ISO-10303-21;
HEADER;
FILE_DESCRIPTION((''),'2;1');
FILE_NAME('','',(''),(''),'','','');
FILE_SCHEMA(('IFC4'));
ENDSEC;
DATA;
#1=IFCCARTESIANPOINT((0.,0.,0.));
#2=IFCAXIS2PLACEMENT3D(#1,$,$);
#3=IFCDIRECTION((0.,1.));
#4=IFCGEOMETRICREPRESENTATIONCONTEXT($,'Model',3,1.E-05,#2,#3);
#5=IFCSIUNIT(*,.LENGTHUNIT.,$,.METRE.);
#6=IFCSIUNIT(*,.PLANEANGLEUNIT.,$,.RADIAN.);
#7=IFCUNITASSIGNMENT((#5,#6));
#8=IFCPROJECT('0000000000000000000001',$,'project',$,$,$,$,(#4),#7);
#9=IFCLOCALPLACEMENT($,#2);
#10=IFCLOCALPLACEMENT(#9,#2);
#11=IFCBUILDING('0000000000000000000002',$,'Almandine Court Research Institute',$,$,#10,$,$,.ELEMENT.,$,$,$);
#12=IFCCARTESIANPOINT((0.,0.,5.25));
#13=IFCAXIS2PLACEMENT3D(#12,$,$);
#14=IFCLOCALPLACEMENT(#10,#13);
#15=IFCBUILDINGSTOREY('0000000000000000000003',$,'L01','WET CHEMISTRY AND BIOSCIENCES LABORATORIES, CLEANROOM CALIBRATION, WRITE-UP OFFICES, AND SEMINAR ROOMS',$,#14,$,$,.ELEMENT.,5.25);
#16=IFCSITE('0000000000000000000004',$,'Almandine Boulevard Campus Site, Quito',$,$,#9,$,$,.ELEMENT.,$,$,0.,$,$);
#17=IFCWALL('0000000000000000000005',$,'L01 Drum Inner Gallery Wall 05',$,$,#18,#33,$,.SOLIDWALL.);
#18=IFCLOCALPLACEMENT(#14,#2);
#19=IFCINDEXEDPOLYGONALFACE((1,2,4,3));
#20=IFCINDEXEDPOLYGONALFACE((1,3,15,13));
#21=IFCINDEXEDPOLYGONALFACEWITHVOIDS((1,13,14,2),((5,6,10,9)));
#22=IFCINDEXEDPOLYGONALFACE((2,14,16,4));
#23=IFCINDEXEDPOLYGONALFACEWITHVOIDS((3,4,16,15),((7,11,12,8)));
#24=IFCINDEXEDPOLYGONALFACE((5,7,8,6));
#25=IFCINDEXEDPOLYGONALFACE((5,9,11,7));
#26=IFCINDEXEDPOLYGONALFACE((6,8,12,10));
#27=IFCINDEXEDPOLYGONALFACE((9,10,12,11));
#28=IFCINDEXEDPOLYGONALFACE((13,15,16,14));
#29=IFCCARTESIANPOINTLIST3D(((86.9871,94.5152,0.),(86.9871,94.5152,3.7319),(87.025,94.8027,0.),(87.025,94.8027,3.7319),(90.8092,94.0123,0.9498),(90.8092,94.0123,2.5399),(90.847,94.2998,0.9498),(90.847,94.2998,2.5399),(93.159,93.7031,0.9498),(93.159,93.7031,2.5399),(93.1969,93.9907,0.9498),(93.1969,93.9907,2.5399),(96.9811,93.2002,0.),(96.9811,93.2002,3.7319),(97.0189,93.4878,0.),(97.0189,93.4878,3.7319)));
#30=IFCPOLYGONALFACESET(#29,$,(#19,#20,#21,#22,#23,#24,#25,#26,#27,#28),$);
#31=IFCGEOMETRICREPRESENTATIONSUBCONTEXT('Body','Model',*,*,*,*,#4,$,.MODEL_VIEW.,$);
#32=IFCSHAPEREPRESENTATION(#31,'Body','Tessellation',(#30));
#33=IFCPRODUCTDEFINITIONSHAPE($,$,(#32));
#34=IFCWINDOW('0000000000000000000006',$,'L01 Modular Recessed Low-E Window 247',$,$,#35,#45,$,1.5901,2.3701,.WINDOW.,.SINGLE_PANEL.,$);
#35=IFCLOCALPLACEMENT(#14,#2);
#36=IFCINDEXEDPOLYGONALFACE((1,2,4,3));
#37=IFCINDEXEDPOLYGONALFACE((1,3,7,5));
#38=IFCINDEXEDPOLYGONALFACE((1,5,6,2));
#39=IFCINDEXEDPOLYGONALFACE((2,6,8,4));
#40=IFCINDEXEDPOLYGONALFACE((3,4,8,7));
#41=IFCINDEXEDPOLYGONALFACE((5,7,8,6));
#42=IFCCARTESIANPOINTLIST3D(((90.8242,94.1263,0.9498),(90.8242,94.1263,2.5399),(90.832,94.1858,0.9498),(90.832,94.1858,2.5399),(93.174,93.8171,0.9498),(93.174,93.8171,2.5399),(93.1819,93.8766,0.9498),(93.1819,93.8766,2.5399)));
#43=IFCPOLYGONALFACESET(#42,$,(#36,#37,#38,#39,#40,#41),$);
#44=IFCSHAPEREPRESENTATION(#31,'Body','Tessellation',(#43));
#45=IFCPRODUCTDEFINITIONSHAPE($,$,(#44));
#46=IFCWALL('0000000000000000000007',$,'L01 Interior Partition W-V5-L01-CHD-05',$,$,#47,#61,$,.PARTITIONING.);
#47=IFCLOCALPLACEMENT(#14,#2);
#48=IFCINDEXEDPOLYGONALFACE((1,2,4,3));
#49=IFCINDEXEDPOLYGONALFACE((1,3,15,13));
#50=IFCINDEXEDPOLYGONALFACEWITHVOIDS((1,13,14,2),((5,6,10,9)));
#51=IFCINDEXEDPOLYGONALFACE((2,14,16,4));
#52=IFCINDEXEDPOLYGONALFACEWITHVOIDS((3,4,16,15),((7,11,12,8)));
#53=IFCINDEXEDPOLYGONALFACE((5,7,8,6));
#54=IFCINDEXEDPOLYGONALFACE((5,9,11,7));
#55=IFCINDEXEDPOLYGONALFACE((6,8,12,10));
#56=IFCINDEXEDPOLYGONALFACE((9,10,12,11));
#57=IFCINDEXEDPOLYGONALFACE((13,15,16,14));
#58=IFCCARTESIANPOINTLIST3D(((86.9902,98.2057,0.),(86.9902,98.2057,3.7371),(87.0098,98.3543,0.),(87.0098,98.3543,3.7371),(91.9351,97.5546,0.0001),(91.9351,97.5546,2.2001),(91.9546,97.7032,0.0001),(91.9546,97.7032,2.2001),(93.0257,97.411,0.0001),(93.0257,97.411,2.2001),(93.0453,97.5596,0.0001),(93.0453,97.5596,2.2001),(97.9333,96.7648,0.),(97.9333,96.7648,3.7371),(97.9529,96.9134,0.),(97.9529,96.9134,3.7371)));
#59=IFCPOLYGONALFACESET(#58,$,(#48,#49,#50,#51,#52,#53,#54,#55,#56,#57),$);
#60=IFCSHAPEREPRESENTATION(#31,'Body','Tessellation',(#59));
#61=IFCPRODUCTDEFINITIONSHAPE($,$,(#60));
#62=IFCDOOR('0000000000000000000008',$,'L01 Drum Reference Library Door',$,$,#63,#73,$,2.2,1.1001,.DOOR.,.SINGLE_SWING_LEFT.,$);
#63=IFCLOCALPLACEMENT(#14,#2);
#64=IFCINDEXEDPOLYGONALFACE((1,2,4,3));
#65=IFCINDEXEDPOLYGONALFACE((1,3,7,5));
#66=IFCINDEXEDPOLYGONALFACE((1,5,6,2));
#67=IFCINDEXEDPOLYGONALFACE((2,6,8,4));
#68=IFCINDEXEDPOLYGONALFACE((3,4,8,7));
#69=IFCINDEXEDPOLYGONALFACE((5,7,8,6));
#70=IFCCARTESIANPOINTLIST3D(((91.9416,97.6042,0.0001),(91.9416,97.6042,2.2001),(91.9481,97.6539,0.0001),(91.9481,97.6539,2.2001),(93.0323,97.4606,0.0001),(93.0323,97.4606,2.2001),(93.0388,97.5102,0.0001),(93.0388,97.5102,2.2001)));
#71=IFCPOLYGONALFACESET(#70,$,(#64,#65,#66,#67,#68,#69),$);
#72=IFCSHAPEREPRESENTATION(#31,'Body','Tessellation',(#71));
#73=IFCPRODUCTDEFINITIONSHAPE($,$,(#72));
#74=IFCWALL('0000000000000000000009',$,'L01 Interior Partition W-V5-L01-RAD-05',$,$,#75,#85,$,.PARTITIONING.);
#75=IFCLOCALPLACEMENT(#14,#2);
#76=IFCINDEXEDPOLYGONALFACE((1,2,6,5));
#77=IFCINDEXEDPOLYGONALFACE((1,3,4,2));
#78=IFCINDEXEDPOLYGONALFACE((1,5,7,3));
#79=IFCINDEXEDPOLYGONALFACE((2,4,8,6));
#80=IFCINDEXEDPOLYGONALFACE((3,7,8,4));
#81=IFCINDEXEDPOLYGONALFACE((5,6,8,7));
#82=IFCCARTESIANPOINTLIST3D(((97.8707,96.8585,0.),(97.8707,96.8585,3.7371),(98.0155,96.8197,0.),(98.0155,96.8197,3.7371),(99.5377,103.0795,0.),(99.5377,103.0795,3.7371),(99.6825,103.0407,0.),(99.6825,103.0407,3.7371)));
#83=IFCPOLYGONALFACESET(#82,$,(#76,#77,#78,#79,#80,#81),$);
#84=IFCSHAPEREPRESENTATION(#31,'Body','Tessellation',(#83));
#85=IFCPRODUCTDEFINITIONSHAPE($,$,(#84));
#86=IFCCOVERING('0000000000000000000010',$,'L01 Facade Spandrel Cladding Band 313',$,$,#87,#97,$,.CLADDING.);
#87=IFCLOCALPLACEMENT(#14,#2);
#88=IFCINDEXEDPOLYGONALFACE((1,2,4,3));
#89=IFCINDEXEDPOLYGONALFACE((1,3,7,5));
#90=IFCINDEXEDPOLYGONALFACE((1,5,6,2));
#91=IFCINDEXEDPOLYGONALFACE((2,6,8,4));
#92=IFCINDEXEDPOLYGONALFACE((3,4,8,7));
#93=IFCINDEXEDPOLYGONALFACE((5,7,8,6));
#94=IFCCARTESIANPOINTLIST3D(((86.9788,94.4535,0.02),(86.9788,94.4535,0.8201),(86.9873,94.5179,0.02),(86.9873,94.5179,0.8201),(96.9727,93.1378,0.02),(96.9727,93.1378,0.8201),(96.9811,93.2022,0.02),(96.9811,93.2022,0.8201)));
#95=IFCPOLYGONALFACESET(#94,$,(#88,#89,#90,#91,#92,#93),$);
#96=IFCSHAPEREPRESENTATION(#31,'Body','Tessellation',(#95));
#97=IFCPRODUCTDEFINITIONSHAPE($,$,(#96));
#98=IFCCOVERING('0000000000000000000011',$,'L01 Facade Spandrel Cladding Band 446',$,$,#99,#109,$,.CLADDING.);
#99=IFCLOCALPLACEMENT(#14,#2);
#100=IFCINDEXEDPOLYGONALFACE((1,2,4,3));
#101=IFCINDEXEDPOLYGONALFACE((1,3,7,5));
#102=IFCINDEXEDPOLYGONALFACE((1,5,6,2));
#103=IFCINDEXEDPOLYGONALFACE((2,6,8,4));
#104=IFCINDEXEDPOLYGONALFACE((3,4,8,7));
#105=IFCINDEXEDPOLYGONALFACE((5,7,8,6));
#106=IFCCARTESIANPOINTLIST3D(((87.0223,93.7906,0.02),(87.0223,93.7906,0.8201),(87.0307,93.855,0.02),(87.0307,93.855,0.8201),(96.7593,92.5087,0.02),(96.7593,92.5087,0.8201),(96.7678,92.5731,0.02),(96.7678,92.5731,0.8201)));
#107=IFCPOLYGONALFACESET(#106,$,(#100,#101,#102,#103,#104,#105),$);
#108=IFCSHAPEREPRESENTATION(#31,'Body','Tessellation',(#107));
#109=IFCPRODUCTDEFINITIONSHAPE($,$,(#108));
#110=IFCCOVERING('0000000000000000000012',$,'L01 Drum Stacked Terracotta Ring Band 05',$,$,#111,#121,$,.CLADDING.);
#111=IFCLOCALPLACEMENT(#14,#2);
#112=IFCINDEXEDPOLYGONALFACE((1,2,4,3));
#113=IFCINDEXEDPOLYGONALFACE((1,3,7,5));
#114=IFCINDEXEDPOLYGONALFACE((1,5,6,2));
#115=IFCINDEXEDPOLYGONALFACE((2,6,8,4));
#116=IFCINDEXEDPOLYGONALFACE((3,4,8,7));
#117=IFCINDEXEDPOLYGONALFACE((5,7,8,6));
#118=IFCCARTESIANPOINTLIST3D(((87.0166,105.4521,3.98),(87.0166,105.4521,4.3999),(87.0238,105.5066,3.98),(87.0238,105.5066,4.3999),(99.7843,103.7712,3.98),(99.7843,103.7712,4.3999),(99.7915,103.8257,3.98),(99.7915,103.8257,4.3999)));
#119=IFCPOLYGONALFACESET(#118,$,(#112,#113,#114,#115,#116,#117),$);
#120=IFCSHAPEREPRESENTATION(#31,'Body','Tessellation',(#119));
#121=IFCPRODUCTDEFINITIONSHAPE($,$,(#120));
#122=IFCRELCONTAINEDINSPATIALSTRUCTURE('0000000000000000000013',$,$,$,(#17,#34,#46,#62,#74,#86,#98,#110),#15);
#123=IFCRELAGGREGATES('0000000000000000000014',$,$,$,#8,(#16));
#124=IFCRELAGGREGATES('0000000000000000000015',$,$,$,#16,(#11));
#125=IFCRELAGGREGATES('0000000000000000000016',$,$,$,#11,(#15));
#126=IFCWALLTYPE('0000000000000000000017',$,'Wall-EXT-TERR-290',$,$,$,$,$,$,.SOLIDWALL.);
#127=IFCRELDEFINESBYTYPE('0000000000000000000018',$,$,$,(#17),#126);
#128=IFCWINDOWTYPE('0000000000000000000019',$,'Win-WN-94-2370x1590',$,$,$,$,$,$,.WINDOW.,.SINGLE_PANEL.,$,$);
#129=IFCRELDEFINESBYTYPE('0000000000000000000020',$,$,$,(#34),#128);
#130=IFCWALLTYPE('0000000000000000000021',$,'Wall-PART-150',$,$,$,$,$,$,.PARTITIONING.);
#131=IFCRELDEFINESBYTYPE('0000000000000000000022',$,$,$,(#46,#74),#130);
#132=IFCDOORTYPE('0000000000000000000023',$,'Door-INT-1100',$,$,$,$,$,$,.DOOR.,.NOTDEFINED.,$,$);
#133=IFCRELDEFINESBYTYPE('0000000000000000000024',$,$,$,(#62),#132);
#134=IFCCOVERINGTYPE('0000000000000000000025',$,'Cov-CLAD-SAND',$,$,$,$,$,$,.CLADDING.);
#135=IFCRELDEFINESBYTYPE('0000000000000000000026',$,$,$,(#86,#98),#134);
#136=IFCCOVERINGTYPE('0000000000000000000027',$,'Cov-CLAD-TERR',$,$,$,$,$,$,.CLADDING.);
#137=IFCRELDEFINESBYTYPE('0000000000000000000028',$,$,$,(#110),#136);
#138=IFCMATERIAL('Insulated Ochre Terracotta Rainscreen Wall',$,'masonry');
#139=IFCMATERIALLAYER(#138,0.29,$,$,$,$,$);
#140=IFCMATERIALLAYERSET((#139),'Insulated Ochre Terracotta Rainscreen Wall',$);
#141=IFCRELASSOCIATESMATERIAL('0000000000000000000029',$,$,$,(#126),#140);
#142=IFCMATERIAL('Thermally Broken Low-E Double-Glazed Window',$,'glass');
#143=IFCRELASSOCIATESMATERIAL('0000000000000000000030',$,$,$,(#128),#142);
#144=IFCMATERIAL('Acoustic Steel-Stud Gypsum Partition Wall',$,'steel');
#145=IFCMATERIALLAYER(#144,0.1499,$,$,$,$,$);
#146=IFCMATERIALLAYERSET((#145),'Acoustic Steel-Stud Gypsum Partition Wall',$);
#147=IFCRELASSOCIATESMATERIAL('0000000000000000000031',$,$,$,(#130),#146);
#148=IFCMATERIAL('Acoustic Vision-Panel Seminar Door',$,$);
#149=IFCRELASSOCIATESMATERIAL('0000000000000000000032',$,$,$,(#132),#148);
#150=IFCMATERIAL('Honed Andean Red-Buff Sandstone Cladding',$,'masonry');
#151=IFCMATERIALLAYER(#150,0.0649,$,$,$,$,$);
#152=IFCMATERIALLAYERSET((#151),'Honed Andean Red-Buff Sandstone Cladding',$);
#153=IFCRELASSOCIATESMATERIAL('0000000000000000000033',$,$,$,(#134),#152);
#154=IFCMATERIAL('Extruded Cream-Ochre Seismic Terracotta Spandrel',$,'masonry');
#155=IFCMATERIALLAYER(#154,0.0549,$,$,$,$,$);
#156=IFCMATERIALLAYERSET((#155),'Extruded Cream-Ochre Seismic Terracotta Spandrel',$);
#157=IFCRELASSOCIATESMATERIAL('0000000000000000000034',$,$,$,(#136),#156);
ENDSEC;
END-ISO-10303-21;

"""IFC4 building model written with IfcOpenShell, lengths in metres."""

from ifc_helpers import new_model, si_unit, direction, frame, frame_2d, origin, origin_2d, place, context, subcontext, project, spatial, rectangle, extrude, material, layer, layer_set, type_object, element, fill, save


model = new_model("IFC4")

# Units and contexts
model_context = context("Model", 3, precision=1e-05, world=origin(), true_north=direction((0.0, 1.0)))
body_context = subcontext(model_context, "Body", "Model", "MODEL_VIEW")
ifc_project = project(units=[si_unit("LENGTHUNIT", "METRE"), si_unit("PLANEANGLEUNIT", "RADIAN")], contexts=[model_context])

# Site, building, storey
site_placement = place(None, origin())
site = spatial("IfcSite", under=ifc_project, at=site_placement, Name="Almandine Boulevard Campus Site, Quito", CompositionType="ELEMENT", RefElevation=0.0)
building_placement = place(site_placement, origin())
building = spatial("IfcBuilding", under=site, at=building_placement, Name="Almandine Court Research Institute", CompositionType="ELEMENT")
storey_placement = place(building_placement, frame((0.0, 0.0, 5.25)))
storey = spatial("IfcBuildingStorey", under=building, at=storey_placement, Name="L01", Description="WET CHEMISTRY AND BIOSCIENCES LABORATORIES, CLEANROOM CALIBRATION, WRITE-UP OFFICES, AND SEMINAR ROOMS", CompositionType="ELEMENT", Elevation=5.25)

# Wall, opening, window
ifc_material_1 = material(Name="Insulated Ochre Terracotta Rainscreen Wall", Category="masonry")
ifc_layer_1 = layer(ifc_material_1, 0.29)
ifc_layer_set_1 = layer_set([ifc_layer_1], Name="Insulated Ochre Terracotta Rainscreen Wall")
wall_type_1 = type_object("IfcWallType", Name="Wall-EXT-TERR-290", PredefinedType="SOLIDWALL", material=ifc_layer_set_1)
wall_1_placement = place(storey_placement, frame((97.0, 93.344, 0.0), z_axis=(0.0, 0.0, 1.0), x_axis=(-0.991455, 0.13045, 0.0)))
wall_1 = element("IfcWall", 1, at=wall_1_placement, inside=storey, type_object=wall_type_1, Name="L01 Drum Inner Gallery Wall 05", PredefinedType="SOLIDWALL", context=body_context, shape_type="SweptSolid", body=[
    extrude(rectangle(XDim=10.0801, YDim=0.29, at=frame_2d((5.04, 0.0))), origin(), (0.0, 0.0, 1.0), 3.7319),
])
opening_1_placement = place(wall_1_placement, frame((3.855, 0.0, 0.95)))
opening_1 = element("IfcOpeningElement", 2, at=opening_1_placement, cuts=wall_1, PredefinedType="OPENING", context=body_context, shape_type="SweptSolid", body=[
    extrude(rectangle(XDim=2.3701, YDim=1.5901, at=frame_2d((1.1851, 0.7949))), frame((0.0, 0.155, 0.0), z_axis=(0.0, -1.0, 0.0), x_axis=(1.0, 0.0, 0.0)), (0.0, 0.0, 1.0), 0.3101),
])
ifc_material_2 = material(Name="Thermally Broken Low-E Double-Glazed Window", Category="glass")
window_type = type_object("IfcWindowType", Name="Win-WN-94-2370x1590", PartitioningType="SINGLE_PANEL", PredefinedType="WINDOW", material=ifc_material_2)
window_placement = place(opening_1_placement, origin())
window = element("IfcWindow", 3, at=window_placement, inside=storey, type_object=window_type, Name="L01 Modular Recessed Low-E Window 247", OverallHeight=1.5901, OverallWidth=2.3701, PartitioningType="SINGLE_PANEL", PredefinedType="WINDOW", context=body_context, shape_type="SweptSolid", body=[
    extrude(rectangle(XDim=2.3701, YDim=1.5901, at=frame_2d((1.1851, 0.7949))), frame((0.0, 0.03, 0.0), z_axis=(0.0, -1.0, 0.0), x_axis=(1.0, 0.0, 0.0)), (0.0, 0.0, 1.0), 0.0601),
])
fill(opening_1, window)

# Wall, opening, door
ifc_material_3 = material(Name="Acoustic Steel-Stud Gypsum Partition Wall", Category="steel")
ifc_layer_2 = layer(ifc_material_3, 0.1499)
ifc_layer_set_2 = layer_set([ifc_layer_2], Name="Acoustic Steel-Stud Gypsum Partition Wall")
wall_type_2 = type_object("IfcWallType", Name="Wall-PART-150", PredefinedType="PARTITIONING", material=ifc_layer_set_2)
wall_2_placement = place(storey_placement, frame((97.9431, 96.8391, 0.0), z_axis=(0.0, 0.0, 1.0), x_axis=(-0.991442, 0.130547, 0.0)))
wall_2 = element("IfcWall", 4, at=wall_2_placement, inside=storey, type_object=wall_type_2, Name="L01 Interior Partition W-V5-L01-CHD-05", PredefinedType="PARTITIONING", context=body_context, shape_type="SweptSolid", body=[
    extrude(rectangle(XDim=11.0376, YDim=0.1499, at=frame_2d((5.5188, 0.0))), origin(), (0.0, 0.0, 1.0), 3.7371),
])
opening_2_placement = place(wall_2_placement, frame((4.95, 0.0, 0.0)))
opening_2 = element("IfcOpeningElement", 5, at=opening_2_placement, cuts=wall_2, PredefinedType="OPENING", context=body_context, shape_type="SweptSolid", body=[
    extrude(rectangle(XDim=1.1001, YDim=2.2, at=frame_2d((0.55, 1.1001))), frame((0.0, 0.085, 0.0), z_axis=(0.0, -1.0, 0.0), x_axis=(1.0, 0.0, 0.0)), (0.0, 0.0, 1.0), 0.1699),
])
ifc_material_4 = material(Name="Acoustic Vision-Panel Seminar Door")
door_type = type_object("IfcDoorType", Name="Door-INT-1100", OperationType="NOTDEFINED", PredefinedType="DOOR", material=ifc_material_4)
door_placement = place(opening_2_placement, origin())
door = element("IfcDoor", 6, at=door_placement, inside=storey, type_object=door_type, Name="L01 Drum Reference Library Door", OperationType="SINGLE_SWING_LEFT", OverallHeight=2.2, OverallWidth=1.1001, PredefinedType="DOOR", context=body_context, shape_type="SweptSolid", body=[
    extrude(rectangle(XDim=1.1001, YDim=2.2, at=frame_2d((0.55, 1.1001))), frame((0.0, 0.0249, 0.0), z_axis=(0.0, -1.0, 0.0), x_axis=(1.0, 0.0, 0.0)), (0.0, 0.0, 1.0), 0.05),
])
fill(opening_2, door)

# Wall
wall_3_placement = place(storey_placement, frame((97.9431, 96.8391, 0.0), z_axis=(0.0, 0.0, 1.0), x_axis=(0.258833, 0.965922, 0.0)))
element("IfcWall", 7, at=wall_3_placement, inside=storey, type_object=wall_type_2, Name="L01 Interior Partition W-V5-L01-RAD-05", PredefinedType="PARTITIONING", context=body_context, shape_type="SweptSolid", body=[
    extrude(rectangle(XDim=6.4404, YDim=0.1499, at=frame_2d((3.2202, 0.0))), origin(), (0.0, 0.0, 1.0), 3.7371),
])

# Coverings
ifc_material_5 = material(Name="Honed Andean Red-Buff Sandstone Cladding", Category="masonry")
ifc_layer_3 = layer(ifc_material_5, 0.0649)
ifc_layer_set_3 = layer_set([ifc_layer_3], Name="Honed Andean Red-Buff Sandstone Cladding")
covering_type_1 = type_object("IfcCoveringType", Name="Cov-CLAD-SAND", PredefinedType="CLADDING", material=ifc_layer_set_3)
covering_1_placement = place(storey_placement, frame((91.98, 93.8279, 0.02), z_axis=(0.0, 0.0, 1.0), x_axis=(-0.991445, 0.130526, 0.0)))
element("IfcCovering", 8, at=covering_1_placement, inside=storey, type_object=covering_type_1, Name="L01 Facade Spandrel Cladding Band 313", PredefinedType="CLADDING", context=body_context, shape_type="SweptSolid", body=[
    extrude(rectangle(XDim=10.0801, YDim=0.0649, at=origin_2d()), origin(), (0.0, 0.0, 1.0), 0.8),
])
covering_2_placement = place(storey_placement, frame((91.895, 93.1819, 0.02), z_axis=(0.0, 0.0, 1.0), x_axis=(0.991445, -0.130526, 0.0)))
element("IfcCovering", 9, at=covering_2_placement, inside=storey, type_object=covering_type_1, Name="L01 Facade Spandrel Cladding Band 446", PredefinedType="CLADDING", context=body_context, shape_type="SweptSolid", body=[
    extrude(rectangle(XDim=9.821, YDim=0.0649, at=origin_2d()), origin(), (0.0, 0.0, 1.0), 0.8),
])
ifc_material_6 = material(Name="Extruded Cream-Ochre Seismic Terracotta Spandrel", Category="masonry")
ifc_layer_4 = layer(ifc_material_6, 0.0549)
ifc_layer_set_4 = layer_set([ifc_layer_4], Name="Extruded Cream-Ochre Seismic Terracotta Spandrel")
covering_type_2 = type_object("IfcCoveringType", Name="Cov-CLAD-TERR", PredefinedType="CLADDING", material=ifc_layer_set_4)
covering_3_placement = place(storey_placement, frame((93.4041, 104.6389, 3.98), z_axis=(0.0, 0.0, 1.0), x_axis=(0.991445, -0.130526, 0.0)))
element("IfcCovering", 10, at=covering_3_placement, inside=storey, type_object=covering_type_2, Name="L01 Drum Stacked Terracotta Ring Band 05", PredefinedType="CLADDING", context=body_context, shape_type="SweptSolid", body=[
    extrude(rectangle(XDim=12.8779, YDim=0.0549, at=origin_2d()), origin(), (0.0, 0.0, 1.0), 0.4199),
])

save(model, "model.ifc")
